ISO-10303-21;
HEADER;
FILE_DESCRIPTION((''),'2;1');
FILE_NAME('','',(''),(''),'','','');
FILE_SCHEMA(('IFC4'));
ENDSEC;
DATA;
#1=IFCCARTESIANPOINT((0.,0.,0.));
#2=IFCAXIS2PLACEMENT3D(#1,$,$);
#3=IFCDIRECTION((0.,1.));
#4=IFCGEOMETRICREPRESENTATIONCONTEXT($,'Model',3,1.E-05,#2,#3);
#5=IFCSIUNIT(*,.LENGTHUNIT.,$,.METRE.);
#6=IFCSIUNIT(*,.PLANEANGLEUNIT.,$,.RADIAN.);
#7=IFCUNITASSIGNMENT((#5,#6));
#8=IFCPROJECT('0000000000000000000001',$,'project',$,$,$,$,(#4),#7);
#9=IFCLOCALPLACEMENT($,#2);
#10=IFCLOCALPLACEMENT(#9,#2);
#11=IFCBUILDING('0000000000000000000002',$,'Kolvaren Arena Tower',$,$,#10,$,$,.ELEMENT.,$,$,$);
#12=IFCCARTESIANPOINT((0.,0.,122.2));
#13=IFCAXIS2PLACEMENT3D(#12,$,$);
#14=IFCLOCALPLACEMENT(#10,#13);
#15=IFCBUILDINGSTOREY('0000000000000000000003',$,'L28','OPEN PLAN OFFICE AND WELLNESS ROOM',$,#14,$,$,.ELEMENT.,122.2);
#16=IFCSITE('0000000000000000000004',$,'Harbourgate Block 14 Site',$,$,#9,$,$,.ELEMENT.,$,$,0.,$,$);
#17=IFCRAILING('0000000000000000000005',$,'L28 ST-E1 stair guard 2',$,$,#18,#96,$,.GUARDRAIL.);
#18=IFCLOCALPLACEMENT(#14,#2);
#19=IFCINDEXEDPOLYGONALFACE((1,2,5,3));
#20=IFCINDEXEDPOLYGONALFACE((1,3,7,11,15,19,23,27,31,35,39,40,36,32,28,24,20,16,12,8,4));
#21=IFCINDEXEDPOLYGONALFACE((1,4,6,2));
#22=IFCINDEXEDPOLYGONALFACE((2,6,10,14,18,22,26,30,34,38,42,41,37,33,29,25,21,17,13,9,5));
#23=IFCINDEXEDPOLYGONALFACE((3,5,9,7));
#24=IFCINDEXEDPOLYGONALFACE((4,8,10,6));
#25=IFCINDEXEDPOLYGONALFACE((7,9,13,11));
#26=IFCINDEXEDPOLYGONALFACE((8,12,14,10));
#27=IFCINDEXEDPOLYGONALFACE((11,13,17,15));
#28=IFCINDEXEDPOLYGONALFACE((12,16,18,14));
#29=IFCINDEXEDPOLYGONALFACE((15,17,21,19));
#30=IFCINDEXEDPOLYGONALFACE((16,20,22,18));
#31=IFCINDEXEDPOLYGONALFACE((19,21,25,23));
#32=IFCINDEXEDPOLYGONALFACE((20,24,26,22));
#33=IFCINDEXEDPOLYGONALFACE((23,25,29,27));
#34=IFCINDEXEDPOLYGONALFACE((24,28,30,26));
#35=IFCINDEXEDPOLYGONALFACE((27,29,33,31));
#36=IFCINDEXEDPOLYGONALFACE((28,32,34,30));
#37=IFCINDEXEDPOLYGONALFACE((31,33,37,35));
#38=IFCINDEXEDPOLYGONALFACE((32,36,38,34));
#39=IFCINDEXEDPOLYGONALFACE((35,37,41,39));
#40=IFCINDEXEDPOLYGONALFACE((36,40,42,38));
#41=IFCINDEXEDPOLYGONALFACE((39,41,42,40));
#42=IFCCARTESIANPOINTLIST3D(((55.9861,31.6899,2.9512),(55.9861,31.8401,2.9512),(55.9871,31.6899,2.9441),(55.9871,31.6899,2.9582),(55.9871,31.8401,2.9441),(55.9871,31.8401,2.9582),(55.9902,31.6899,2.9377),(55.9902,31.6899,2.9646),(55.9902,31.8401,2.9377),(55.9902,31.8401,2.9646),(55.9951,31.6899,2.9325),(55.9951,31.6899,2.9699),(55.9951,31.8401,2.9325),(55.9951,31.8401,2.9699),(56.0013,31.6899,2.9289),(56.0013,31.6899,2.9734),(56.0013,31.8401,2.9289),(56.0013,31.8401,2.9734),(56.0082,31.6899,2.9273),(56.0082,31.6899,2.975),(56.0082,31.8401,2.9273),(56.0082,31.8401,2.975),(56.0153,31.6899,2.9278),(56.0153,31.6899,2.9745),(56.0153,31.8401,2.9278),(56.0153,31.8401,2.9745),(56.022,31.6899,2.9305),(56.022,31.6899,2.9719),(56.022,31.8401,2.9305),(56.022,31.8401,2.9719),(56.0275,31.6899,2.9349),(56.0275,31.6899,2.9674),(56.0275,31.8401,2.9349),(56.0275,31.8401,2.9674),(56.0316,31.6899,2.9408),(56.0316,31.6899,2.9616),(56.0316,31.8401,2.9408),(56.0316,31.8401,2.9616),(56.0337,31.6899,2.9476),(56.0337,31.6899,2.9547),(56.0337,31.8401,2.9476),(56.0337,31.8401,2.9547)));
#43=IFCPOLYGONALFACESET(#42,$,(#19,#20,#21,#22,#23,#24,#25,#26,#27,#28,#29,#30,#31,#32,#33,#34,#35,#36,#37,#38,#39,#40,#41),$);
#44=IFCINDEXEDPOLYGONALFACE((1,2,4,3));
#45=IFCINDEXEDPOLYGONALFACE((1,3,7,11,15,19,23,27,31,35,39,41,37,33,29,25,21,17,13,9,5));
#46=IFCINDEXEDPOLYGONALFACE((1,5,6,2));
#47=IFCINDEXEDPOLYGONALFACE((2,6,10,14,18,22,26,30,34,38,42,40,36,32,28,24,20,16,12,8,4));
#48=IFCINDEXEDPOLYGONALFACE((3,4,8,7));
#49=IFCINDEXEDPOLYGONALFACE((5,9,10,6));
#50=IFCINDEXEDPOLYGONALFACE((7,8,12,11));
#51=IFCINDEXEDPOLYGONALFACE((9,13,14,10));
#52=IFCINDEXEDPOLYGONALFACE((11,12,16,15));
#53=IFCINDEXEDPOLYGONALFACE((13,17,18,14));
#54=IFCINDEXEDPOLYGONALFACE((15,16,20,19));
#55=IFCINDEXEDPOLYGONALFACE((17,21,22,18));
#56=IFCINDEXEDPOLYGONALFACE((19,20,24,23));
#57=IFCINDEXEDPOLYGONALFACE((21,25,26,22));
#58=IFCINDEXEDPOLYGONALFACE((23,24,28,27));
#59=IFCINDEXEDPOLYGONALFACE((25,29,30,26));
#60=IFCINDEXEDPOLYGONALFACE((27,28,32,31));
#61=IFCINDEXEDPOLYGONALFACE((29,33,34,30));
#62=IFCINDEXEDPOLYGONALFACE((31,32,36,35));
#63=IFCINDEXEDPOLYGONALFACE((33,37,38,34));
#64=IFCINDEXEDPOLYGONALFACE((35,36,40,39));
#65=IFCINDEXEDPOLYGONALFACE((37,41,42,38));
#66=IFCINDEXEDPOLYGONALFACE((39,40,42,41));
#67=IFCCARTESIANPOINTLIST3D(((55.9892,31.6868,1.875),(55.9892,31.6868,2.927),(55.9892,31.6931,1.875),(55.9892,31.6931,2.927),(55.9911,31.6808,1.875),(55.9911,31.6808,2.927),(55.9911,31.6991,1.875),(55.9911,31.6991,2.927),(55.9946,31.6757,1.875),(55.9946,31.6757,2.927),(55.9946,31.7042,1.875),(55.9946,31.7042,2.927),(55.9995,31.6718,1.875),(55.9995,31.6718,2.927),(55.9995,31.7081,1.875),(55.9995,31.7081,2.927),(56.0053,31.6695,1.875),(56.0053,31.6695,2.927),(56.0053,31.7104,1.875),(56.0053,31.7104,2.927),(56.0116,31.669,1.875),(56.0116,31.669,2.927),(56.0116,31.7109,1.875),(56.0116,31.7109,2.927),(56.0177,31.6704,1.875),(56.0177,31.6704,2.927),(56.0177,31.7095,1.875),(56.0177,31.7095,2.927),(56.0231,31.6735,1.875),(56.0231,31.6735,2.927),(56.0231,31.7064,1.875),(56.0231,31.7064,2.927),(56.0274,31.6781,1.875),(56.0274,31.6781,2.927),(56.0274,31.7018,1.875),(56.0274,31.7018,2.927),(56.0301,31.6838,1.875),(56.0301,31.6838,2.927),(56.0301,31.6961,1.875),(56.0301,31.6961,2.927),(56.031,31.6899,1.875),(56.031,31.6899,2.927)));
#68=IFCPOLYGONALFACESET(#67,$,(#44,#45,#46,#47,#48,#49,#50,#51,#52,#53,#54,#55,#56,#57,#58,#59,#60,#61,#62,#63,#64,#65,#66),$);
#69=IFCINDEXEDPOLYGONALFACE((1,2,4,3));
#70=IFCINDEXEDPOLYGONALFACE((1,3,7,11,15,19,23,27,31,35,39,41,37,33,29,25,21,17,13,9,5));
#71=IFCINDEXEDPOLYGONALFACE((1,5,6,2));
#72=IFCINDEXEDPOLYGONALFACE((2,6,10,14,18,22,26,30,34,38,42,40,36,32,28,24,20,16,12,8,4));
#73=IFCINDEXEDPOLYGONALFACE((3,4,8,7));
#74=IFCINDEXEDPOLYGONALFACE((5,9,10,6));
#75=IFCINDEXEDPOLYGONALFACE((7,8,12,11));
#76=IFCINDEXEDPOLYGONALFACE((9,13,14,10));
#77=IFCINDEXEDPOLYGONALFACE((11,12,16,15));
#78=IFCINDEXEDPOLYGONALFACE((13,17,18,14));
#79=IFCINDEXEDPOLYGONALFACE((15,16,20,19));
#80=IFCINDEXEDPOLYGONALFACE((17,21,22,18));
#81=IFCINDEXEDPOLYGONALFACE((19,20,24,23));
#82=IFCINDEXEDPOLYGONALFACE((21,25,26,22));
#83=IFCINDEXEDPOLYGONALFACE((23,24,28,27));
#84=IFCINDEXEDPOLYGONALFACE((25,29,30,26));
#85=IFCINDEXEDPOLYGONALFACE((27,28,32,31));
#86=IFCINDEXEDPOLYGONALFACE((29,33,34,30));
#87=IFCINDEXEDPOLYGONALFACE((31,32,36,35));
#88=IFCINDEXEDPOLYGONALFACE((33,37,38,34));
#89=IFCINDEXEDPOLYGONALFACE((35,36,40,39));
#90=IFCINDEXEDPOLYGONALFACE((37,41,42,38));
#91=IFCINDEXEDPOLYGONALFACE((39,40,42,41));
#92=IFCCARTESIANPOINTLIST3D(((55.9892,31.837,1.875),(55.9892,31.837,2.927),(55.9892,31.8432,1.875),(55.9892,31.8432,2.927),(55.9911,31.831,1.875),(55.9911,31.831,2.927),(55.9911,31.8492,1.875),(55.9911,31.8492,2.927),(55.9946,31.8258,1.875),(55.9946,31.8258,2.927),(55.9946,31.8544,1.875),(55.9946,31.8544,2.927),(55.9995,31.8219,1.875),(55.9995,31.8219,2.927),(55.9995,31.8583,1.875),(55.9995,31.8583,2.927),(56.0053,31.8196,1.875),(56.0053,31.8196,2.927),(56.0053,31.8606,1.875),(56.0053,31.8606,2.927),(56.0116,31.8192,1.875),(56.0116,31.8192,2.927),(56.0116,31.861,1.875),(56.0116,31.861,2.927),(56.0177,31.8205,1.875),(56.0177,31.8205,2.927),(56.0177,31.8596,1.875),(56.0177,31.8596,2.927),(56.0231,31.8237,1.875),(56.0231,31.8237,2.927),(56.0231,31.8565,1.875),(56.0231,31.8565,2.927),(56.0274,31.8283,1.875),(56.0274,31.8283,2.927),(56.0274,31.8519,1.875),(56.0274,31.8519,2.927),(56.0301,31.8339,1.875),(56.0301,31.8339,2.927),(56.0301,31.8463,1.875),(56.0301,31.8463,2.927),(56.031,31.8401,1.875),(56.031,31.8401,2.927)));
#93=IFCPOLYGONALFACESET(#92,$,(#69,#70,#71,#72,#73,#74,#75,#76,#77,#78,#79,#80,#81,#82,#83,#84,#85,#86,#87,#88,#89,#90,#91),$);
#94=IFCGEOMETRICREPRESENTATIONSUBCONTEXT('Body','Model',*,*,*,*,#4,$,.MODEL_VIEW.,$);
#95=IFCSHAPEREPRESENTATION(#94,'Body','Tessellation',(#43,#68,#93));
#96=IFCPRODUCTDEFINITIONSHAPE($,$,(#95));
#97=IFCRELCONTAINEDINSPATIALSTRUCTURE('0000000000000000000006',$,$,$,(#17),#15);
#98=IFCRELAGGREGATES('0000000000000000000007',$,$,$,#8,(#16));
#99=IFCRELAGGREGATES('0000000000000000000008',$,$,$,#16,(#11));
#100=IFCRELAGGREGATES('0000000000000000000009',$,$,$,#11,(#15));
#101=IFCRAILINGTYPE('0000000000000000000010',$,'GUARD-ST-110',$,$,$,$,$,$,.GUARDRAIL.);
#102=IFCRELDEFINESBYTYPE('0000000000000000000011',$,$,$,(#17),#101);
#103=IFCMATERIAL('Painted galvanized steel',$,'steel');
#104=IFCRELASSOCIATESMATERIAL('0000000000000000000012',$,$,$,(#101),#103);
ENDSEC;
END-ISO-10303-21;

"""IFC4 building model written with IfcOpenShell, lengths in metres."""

from ifc_helpers import new_model, si_unit, direction, frame, origin, origin_2d, place, context, subcontext, project, spatial, circle, extrude, material, type_object, element, save


model = new_model("IFC4")

# Units and contexts
model_context = context("Model", 3, precision=1e-05, world=origin(), true_north=direction((0.0, 1.0)))
body_context = subcontext(model_context, "Body", "Model", "MODEL_VIEW")
ifc_project = project(units=[si_unit("LENGTHUNIT", "METRE"), si_unit("PLANEANGLEUNIT", "RADIAN")], contexts=[model_context])

# Site, building, storey
site_placement = place(None, origin())
site = spatial("IfcSite", under=ifc_project, at=site_placement, Name="Harbourgate Block 14 Site", CompositionType="ELEMENT", RefElevation=0.0)
building_placement = place(site_placement, origin())
building = spatial("IfcBuilding", under=site, at=building_placement, Name="Kolvaren Arena Tower", CompositionType="ELEMENT")
storey_placement = place(building_placement, frame((0.0, 0.0, 122.2)))
storey = spatial("IfcBuildingStorey", under=building, at=storey_placement, Name="L28", Description="OPEN PLAN OFFICE AND WELLNESS ROOM", CompositionType="ELEMENT", Elevation=122.2)

# Railing
ifc_material_1 = material(Name="Painted galvanized steel", Category="steel")
railing_type_1 = type_object("IfcRailingType", Name="GUARD-ST-110", PredefinedType="GUARDRAIL", material=ifc_material_1)
railing_1_placement = place(storey_placement, frame((56.01, 31.6899, 1.875)))
element("IfcRailing", 1, at=railing_1_placement, inside=storey, type_object=railing_type_1, Name="L28 ST-E1 stair guard 2", PredefinedType="GUARDRAIL", context=body_context, shape_type="SweptSolid", body=[
    extrude(circle(Radius=0.0239, at=origin_2d()), frame((0.0, 0.0, 1.0762), z_axis=(0.0, 1.0, 0.0), x_axis=(-1.0, 0.0, 0.0)), (0.0, 0.0, 1.0), 0.1501),
    extrude(circle(Radius=0.021, at=origin_2d()), origin(), (0.0, 0.0, 1.0), 1.052),
    extrude(circle(Radius=0.021, at=origin_2d()), frame((0.0, 0.1501, 0.0)), (0.0, 0.0, 1.0), 1.052),
])

save(model, "model.ifc")
